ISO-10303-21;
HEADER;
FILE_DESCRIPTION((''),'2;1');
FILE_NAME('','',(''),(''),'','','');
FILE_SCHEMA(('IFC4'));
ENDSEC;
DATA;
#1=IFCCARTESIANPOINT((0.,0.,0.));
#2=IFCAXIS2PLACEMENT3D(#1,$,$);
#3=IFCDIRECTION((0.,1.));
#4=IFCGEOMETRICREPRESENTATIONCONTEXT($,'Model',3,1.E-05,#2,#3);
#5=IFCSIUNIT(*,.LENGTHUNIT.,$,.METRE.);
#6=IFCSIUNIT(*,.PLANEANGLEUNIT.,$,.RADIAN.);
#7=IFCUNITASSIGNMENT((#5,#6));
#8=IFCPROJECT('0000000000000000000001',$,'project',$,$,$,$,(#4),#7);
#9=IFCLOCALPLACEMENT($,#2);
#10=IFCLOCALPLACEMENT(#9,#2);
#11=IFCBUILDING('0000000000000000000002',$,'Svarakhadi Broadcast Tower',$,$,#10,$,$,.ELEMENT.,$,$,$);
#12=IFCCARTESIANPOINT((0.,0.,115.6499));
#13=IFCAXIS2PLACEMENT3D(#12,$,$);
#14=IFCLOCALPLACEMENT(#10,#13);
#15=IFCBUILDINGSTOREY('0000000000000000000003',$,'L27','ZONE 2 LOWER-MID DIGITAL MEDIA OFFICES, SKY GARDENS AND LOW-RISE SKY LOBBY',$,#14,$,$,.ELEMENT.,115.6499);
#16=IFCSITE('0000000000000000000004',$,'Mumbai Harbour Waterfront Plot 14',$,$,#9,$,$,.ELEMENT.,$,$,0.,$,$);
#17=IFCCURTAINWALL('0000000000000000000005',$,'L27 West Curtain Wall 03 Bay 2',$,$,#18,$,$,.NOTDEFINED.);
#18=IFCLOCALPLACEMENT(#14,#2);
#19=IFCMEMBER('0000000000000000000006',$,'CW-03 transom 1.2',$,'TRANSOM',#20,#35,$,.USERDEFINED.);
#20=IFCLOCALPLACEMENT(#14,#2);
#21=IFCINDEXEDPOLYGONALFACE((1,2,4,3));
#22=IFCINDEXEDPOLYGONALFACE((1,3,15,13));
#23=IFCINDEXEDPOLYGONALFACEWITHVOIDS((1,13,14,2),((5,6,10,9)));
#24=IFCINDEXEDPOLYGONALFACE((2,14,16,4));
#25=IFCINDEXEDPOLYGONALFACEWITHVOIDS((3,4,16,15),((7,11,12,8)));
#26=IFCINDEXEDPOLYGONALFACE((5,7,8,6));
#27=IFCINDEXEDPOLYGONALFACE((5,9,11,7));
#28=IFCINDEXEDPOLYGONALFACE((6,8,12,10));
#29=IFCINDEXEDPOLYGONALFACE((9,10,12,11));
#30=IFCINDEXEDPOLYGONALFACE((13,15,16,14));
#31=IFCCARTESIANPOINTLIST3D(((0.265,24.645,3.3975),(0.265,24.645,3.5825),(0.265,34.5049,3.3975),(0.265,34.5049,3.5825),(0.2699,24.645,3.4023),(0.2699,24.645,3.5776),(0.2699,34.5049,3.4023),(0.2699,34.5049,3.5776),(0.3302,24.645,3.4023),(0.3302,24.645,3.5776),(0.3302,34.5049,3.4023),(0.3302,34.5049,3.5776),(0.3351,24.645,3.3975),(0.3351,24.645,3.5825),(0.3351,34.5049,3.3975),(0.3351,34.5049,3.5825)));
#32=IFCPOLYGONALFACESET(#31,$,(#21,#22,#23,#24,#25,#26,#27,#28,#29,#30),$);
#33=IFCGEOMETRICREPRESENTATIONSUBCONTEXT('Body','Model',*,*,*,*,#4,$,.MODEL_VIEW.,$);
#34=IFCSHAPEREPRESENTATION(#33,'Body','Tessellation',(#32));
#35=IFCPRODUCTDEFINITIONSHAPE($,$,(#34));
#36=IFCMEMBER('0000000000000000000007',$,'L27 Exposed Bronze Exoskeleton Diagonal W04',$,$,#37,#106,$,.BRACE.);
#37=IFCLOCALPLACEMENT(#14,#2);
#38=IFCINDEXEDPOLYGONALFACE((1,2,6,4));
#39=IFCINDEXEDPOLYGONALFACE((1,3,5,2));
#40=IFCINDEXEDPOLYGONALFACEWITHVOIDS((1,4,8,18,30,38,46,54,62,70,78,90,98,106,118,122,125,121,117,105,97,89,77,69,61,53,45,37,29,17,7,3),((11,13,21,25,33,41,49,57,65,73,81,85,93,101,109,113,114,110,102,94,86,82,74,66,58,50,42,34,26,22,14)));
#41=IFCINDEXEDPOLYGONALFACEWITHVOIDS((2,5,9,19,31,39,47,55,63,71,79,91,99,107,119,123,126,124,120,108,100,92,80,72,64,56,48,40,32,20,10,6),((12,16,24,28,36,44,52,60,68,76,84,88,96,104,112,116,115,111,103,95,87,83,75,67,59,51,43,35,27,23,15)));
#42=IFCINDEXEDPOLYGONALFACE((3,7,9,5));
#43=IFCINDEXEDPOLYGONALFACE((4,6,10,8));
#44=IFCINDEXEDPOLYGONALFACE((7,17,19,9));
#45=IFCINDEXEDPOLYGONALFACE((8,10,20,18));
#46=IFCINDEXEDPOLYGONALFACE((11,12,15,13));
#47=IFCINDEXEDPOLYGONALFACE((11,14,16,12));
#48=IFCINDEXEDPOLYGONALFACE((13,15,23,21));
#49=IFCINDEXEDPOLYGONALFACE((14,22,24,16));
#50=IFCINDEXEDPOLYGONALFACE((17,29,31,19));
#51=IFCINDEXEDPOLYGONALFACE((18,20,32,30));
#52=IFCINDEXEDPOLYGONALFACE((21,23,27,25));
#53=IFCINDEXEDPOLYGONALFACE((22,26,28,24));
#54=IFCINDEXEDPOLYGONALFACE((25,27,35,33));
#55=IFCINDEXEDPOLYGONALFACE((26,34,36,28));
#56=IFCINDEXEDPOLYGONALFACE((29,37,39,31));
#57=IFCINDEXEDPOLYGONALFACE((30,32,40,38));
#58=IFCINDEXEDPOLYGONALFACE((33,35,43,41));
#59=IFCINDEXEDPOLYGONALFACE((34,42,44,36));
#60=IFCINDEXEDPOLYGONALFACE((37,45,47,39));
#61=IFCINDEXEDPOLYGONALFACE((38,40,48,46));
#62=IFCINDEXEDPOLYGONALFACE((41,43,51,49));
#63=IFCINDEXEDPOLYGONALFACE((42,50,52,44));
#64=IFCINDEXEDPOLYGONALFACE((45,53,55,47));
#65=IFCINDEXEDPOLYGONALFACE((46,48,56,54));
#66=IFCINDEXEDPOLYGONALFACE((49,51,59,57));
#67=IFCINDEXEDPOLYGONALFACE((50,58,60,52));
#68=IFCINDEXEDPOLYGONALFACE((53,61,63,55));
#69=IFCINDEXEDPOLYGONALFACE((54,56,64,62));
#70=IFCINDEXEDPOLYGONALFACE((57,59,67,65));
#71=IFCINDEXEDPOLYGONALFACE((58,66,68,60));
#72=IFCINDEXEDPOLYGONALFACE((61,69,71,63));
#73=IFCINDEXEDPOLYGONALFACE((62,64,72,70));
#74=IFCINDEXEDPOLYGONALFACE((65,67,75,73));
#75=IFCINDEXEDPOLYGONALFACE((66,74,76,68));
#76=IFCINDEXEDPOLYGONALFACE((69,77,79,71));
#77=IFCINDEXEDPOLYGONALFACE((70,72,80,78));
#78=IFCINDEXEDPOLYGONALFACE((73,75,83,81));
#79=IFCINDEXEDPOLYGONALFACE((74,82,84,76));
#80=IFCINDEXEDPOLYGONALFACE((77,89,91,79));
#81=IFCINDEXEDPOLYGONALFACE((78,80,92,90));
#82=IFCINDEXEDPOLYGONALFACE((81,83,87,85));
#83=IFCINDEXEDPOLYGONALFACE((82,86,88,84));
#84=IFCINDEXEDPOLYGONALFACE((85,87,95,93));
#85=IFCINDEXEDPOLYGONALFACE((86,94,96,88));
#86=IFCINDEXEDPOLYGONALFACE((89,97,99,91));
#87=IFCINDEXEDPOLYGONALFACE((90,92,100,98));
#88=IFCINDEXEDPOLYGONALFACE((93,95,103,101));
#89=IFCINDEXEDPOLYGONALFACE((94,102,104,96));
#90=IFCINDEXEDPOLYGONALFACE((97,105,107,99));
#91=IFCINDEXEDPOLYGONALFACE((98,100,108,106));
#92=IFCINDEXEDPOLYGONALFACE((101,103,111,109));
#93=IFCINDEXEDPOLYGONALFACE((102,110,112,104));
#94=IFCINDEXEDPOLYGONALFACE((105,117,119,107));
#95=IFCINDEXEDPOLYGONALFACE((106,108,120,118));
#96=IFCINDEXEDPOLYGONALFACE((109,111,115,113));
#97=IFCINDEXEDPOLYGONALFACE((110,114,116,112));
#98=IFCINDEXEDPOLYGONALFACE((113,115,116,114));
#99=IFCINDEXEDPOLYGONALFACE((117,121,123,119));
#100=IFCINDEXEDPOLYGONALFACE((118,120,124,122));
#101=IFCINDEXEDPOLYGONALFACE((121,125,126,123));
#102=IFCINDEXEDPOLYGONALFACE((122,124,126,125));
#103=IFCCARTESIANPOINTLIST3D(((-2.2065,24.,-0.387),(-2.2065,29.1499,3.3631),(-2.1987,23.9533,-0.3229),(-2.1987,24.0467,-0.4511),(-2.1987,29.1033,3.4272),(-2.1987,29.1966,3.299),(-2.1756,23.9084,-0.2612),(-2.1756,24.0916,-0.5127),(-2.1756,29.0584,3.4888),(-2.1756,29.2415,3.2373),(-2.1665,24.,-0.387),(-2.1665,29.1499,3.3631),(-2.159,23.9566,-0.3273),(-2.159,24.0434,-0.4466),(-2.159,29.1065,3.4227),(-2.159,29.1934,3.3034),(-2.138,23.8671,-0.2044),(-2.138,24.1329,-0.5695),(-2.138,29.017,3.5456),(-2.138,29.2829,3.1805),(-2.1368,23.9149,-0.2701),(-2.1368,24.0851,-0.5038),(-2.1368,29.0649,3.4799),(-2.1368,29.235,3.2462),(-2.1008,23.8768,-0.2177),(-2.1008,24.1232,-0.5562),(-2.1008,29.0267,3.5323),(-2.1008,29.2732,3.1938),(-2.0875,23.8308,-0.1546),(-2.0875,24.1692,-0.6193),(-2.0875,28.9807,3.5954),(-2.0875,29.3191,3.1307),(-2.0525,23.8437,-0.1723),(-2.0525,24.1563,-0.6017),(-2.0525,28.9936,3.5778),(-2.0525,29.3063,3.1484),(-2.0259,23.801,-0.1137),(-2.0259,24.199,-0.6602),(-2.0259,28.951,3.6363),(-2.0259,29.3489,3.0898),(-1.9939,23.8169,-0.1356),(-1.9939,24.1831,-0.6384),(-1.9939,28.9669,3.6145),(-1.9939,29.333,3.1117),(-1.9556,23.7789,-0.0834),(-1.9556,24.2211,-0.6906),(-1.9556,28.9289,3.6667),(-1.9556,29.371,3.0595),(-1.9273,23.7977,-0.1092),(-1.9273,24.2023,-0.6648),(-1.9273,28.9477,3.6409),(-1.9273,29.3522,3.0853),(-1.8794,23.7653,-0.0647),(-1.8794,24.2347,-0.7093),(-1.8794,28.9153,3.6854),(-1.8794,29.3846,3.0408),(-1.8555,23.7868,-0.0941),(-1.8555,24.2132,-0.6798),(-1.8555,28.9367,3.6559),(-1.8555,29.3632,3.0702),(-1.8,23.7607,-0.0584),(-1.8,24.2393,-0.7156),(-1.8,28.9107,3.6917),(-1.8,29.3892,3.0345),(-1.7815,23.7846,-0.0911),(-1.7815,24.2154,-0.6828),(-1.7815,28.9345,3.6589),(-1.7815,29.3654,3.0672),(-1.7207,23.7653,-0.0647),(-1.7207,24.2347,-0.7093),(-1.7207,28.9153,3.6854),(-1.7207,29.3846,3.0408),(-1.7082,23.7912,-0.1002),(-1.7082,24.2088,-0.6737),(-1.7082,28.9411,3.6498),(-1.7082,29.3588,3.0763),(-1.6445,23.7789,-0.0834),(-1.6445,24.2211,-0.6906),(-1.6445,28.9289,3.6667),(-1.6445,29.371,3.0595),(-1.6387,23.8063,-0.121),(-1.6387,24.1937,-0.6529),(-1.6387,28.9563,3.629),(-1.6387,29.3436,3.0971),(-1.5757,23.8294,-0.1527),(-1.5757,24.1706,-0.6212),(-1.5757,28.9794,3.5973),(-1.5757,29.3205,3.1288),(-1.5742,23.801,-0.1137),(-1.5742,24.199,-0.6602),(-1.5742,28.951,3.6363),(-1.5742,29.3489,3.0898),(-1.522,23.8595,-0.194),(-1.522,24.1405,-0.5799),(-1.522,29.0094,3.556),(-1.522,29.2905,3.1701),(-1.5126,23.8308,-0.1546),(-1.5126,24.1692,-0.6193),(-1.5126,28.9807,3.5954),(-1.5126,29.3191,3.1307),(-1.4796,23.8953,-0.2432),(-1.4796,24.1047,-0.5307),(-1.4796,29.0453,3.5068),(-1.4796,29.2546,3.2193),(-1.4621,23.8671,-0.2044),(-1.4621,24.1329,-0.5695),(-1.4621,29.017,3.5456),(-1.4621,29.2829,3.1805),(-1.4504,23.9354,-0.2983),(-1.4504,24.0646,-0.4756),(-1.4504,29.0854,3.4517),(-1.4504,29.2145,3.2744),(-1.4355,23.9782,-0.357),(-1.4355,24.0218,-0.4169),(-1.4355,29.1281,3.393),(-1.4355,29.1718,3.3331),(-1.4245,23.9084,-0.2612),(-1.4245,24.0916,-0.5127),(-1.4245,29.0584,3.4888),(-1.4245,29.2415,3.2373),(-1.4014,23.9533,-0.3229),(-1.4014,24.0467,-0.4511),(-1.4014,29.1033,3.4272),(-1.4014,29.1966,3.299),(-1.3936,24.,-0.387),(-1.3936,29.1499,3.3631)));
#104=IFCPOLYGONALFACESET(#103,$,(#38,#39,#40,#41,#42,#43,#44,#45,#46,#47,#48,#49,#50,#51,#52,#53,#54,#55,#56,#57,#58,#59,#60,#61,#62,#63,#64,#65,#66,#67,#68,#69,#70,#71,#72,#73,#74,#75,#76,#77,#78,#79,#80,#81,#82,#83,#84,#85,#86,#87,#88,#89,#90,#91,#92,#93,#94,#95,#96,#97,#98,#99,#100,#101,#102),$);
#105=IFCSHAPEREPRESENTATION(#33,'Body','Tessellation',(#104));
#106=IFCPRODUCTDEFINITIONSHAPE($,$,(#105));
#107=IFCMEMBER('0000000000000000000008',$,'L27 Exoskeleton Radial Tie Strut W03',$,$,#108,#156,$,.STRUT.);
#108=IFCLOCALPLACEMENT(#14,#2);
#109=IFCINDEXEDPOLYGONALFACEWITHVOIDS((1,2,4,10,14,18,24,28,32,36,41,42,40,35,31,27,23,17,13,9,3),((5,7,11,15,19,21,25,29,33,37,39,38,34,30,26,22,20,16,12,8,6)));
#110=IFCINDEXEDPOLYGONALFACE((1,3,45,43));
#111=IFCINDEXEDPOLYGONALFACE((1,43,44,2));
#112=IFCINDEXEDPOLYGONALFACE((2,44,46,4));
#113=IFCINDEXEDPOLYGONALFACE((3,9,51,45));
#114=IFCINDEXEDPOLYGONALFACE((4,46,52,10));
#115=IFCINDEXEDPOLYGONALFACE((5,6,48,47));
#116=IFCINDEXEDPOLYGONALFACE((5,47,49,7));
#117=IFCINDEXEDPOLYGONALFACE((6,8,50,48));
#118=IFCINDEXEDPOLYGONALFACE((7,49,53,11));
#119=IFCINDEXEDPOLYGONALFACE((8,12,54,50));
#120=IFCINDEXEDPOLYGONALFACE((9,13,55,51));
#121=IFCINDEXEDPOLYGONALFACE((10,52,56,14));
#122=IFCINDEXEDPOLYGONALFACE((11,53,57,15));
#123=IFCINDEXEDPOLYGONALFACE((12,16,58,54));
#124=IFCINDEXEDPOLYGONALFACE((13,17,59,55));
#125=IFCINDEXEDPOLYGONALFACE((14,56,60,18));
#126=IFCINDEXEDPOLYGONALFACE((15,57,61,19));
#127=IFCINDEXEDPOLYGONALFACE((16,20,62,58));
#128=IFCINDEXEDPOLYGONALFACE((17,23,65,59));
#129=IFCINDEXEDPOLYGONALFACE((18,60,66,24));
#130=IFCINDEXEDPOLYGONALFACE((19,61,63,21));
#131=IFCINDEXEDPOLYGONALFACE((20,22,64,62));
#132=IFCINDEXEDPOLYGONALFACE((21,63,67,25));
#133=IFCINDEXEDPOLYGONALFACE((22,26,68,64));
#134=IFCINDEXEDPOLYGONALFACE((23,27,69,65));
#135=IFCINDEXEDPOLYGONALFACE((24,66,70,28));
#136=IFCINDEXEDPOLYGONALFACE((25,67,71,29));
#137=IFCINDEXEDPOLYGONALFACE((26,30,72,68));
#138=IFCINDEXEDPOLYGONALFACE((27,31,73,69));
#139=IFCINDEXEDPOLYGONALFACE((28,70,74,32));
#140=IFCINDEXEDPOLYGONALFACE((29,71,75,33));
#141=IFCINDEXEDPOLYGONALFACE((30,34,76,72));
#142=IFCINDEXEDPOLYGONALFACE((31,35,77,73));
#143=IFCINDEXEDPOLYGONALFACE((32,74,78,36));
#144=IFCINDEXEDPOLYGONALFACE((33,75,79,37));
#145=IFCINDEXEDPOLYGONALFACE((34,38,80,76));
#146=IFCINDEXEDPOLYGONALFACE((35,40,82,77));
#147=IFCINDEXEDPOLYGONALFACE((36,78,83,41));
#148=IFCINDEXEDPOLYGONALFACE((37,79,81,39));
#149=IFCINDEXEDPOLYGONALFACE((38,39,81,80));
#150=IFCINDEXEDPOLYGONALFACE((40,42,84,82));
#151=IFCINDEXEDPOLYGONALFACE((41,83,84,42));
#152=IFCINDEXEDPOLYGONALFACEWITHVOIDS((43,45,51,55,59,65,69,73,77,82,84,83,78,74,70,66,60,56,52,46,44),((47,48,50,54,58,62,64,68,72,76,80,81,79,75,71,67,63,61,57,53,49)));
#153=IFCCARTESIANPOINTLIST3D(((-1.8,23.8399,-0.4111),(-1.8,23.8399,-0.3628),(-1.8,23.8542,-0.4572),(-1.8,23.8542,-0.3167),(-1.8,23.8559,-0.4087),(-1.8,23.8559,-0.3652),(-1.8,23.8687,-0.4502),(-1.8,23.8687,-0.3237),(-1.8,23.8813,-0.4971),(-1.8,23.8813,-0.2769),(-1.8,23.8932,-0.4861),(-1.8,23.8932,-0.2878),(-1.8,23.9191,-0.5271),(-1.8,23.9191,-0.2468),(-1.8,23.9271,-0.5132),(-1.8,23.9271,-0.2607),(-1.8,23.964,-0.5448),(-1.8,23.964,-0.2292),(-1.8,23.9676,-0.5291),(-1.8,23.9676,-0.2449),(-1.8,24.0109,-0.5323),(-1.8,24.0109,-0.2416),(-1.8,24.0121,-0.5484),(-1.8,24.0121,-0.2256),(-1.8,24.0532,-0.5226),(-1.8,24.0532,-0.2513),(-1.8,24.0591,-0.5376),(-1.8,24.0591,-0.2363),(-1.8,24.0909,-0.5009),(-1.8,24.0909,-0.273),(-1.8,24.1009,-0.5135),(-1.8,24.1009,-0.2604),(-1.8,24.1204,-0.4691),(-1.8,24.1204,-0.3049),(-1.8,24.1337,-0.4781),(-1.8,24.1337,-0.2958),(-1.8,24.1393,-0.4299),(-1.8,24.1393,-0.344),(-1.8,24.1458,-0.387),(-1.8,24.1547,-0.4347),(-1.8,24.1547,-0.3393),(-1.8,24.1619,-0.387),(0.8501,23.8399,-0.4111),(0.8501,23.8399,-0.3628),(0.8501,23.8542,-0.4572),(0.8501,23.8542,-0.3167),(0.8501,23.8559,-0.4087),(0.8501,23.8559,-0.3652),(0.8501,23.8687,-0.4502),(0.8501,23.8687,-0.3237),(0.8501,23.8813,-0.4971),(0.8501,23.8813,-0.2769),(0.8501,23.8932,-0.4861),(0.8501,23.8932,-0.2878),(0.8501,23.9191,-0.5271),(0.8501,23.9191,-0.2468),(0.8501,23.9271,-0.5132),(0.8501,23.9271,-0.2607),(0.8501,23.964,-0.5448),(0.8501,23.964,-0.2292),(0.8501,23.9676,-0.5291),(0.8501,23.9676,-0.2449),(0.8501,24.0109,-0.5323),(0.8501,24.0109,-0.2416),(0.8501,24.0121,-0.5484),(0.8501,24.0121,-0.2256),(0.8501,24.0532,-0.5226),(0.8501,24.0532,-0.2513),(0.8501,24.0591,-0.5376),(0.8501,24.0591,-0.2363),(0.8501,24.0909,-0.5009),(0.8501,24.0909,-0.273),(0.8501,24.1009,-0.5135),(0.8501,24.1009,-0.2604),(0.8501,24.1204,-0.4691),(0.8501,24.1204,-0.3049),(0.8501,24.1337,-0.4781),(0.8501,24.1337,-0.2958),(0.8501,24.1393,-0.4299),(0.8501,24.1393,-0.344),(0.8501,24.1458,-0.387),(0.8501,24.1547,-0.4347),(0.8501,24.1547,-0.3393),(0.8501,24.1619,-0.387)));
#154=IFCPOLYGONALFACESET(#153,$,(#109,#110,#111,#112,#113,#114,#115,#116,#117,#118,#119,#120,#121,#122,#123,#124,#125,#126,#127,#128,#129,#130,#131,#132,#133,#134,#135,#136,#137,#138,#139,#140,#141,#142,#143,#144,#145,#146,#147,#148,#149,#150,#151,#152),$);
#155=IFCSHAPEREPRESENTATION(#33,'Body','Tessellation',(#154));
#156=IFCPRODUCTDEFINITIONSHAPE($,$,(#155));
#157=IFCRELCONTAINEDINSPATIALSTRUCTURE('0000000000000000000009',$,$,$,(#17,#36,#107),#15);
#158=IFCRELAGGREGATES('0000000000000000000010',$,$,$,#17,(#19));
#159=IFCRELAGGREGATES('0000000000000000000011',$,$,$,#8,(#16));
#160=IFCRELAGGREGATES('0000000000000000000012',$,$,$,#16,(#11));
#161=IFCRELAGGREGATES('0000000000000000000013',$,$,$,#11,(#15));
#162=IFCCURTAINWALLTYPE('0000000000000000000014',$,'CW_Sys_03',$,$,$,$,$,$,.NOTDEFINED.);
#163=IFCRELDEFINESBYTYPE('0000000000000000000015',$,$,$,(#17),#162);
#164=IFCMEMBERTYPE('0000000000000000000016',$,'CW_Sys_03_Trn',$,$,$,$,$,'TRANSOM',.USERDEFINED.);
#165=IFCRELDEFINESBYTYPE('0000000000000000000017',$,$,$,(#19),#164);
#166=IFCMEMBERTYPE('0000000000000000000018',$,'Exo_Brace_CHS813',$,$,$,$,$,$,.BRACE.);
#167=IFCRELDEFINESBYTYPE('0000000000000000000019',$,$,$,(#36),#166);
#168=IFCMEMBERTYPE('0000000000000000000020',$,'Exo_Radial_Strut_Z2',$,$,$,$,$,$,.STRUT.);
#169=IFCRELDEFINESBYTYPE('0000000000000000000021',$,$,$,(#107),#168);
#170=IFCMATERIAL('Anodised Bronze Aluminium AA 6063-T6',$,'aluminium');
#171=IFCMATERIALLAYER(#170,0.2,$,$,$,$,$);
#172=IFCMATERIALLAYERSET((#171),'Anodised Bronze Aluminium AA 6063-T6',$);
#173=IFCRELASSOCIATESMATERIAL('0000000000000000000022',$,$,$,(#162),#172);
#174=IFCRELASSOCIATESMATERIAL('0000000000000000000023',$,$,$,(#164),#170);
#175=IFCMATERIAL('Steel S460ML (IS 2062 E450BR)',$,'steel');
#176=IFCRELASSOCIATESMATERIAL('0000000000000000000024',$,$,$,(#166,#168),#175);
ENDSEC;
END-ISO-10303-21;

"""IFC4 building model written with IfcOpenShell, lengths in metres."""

from ifc_helpers import new_model, si_unit, direction, frame, origin, origin_2d, place, context, subcontext, project, spatial, hollow_rectangle, hollow_circle, extrude, material, layer, layer_set, material_profile, profile_set, type_object, element, aggregate, save


model = new_model("IFC4")

# Units and contexts
model_context = context("Model", 3, precision=1e-05, world=origin(), true_north=direction((0.0, 1.0)))
body_context = subcontext(model_context, "Body", "Model", "MODEL_VIEW")
ifc_project = project(units=[si_unit("LENGTHUNIT", "METRE"), si_unit("PLANEANGLEUNIT", "RADIAN")], contexts=[model_context])

# Site, building, storey
site_placement = place(None, origin())
site = spatial("IfcSite", under=ifc_project, at=site_placement, Name="Mumbai Harbour Waterfront Plot 14", CompositionType="ELEMENT", RefElevation=0.0)
building_placement = place(site_placement, origin())
building = spatial("IfcBuilding", under=site, at=building_placement, Name="Svarakhadi Broadcast Tower", CompositionType="ELEMENT")
storey_placement = place(building_placement, frame((0.0, 0.0, 115.6499)))
storey = spatial("IfcBuildingStorey", under=building, at=storey_placement, Name="L27", Description="ZONE 2 LOWER-MID DIGITAL MEDIA OFFICES, SKY GARDENS AND LOW-RISE SKY LOBBY", CompositionType="ELEMENT", Elevation=115.6499)

# Shared definitions
ifc_material_1 = material(Name="Steel S460ML (IS 2062 E450BR)", Category="steel")

# Curtain wall
ifc_material_2 = material(Name="Anodised Bronze Aluminium AA 6063-T6", Category="aluminium")
ifc_layer_1 = layer(ifc_material_2, 0.2)
ifc_layer_set_1 = layer_set([ifc_layer_1], Name="Anodised Bronze Aluminium AA 6063-T6")
curtain_wall_type = type_object("IfcCurtainWallType", Name="CW_Sys_03", PredefinedType="NOTDEFINED", material=ifc_layer_set_1)
curtain_wall_1_placement = place(storey_placement, origin())
curtain_wall_1 = element("IfcCurtainWall", 1, at=curtain_wall_1_placement, inside=storey, type_object=curtain_wall_type, Name="L27 West Curtain Wall 03 Bay 2", PredefinedType="NOTDEFINED")

# Member
ifc_material_profile_1 = material_profile(ifc_material_2, hollow_rectangle(XDim=0.0701, YDim=0.1851, WallThickness=0.0049, at=origin_2d()), Name="ALU TRANSOM 185x70x5")
ifc_profile_set_1 = profile_set([ifc_material_profile_1], Name="Anodised Bronze Aluminium AA 6063-T6")
member_type_1 = type_object("IfcMemberType", Name="CW_Sys_03_Trn", ElementType="TRANSOM", PredefinedType="USERDEFINED", material=ifc_profile_set_1)
member_1_placement = place(storey_placement, frame((0.3, 24.645, 3.49), z_axis=(0.0, 1.0, 0.0), x_axis=(-1.0, 0.0, 0.0)))
member_1 = element("IfcMember", 2, at=member_1_placement, type_object=member_type_1, Name="CW-03 transom 1.2", ObjectType="TRANSOM", PredefinedType="USERDEFINED", context=body_context, shape_type="SweptSolid", body=[
    extrude(hollow_rectangle(XDim=0.0701, YDim=0.1851, WallThickness=0.0049, at=origin_2d()), origin(), (0.0, 0.0, 1.0), 9.8599),
])

# Members
ifc_material_profile_2 = material_profile(ifc_material_1, hollow_circle(Radius=0.4065, WallThickness=0.04, at=origin_2d()), Name="CHS 813x40")
ifc_profile_set_2 = profile_set([ifc_material_profile_2], Name="Steel S460ML (IS 2062 E450BR)")
member_type_2 = type_object("IfcMemberType", Name="Exo_Brace_CHS813", PredefinedType="BRACE", material=ifc_profile_set_2)
member_2_placement = place(storey_placement, frame((-1.8, 24.0, -0.387), z_axis=(0.0, 0.808391, 0.588646), x_axis=(-1.0, 0.0, 0.0)))
element("IfcMember", 3, at=member_2_placement, inside=storey, type_object=member_type_2, Name="L27 Exposed Bronze Exoskeleton Diagonal W04", PredefinedType="BRACE", context=body_context, shape_type="SweptSolid", body=[
    extrude(hollow_circle(Radius=0.4065, WallThickness=0.04, at=origin_2d()), origin(), (0.0, 0.0, 1.0), 6.3706),
])
ifc_material_profile_3 = material_profile(ifc_material_1, hollow_circle(Radius=0.1619, WallThickness=0.0161, at=origin_2d()), Name="CHS 323.9x16")
ifc_profile_set_3 = profile_set([ifc_material_profile_3], Name="Steel S460ML (IS 2062 E450BR)")
member_type_3 = type_object("IfcMemberType", Name="Exo_Radial_Strut_Z2", PredefinedType="STRUT", material=ifc_profile_set_3)
member_3_placement = place(storey_placement, frame((-1.8, 24.0, -0.387), z_axis=(1.0, 0.0, 0.0), x_axis=(0.0, 1.0, 0.0)))
element("IfcMember", 4, at=member_3_placement, inside=storey, type_object=member_type_3, Name="L27 Exoskeleton Radial Tie Strut W03", PredefinedType="STRUT", context=body_context, shape_type="SweptSolid", body=[
    extrude(hollow_circle(Radius=0.1619, WallThickness=0.0161, at=origin_2d()), origin(), (0.0, 0.0, 1.0), 2.6501),
])

aggregate(curtain_wall_1, [member_1])

save(model, "model.ifc")
